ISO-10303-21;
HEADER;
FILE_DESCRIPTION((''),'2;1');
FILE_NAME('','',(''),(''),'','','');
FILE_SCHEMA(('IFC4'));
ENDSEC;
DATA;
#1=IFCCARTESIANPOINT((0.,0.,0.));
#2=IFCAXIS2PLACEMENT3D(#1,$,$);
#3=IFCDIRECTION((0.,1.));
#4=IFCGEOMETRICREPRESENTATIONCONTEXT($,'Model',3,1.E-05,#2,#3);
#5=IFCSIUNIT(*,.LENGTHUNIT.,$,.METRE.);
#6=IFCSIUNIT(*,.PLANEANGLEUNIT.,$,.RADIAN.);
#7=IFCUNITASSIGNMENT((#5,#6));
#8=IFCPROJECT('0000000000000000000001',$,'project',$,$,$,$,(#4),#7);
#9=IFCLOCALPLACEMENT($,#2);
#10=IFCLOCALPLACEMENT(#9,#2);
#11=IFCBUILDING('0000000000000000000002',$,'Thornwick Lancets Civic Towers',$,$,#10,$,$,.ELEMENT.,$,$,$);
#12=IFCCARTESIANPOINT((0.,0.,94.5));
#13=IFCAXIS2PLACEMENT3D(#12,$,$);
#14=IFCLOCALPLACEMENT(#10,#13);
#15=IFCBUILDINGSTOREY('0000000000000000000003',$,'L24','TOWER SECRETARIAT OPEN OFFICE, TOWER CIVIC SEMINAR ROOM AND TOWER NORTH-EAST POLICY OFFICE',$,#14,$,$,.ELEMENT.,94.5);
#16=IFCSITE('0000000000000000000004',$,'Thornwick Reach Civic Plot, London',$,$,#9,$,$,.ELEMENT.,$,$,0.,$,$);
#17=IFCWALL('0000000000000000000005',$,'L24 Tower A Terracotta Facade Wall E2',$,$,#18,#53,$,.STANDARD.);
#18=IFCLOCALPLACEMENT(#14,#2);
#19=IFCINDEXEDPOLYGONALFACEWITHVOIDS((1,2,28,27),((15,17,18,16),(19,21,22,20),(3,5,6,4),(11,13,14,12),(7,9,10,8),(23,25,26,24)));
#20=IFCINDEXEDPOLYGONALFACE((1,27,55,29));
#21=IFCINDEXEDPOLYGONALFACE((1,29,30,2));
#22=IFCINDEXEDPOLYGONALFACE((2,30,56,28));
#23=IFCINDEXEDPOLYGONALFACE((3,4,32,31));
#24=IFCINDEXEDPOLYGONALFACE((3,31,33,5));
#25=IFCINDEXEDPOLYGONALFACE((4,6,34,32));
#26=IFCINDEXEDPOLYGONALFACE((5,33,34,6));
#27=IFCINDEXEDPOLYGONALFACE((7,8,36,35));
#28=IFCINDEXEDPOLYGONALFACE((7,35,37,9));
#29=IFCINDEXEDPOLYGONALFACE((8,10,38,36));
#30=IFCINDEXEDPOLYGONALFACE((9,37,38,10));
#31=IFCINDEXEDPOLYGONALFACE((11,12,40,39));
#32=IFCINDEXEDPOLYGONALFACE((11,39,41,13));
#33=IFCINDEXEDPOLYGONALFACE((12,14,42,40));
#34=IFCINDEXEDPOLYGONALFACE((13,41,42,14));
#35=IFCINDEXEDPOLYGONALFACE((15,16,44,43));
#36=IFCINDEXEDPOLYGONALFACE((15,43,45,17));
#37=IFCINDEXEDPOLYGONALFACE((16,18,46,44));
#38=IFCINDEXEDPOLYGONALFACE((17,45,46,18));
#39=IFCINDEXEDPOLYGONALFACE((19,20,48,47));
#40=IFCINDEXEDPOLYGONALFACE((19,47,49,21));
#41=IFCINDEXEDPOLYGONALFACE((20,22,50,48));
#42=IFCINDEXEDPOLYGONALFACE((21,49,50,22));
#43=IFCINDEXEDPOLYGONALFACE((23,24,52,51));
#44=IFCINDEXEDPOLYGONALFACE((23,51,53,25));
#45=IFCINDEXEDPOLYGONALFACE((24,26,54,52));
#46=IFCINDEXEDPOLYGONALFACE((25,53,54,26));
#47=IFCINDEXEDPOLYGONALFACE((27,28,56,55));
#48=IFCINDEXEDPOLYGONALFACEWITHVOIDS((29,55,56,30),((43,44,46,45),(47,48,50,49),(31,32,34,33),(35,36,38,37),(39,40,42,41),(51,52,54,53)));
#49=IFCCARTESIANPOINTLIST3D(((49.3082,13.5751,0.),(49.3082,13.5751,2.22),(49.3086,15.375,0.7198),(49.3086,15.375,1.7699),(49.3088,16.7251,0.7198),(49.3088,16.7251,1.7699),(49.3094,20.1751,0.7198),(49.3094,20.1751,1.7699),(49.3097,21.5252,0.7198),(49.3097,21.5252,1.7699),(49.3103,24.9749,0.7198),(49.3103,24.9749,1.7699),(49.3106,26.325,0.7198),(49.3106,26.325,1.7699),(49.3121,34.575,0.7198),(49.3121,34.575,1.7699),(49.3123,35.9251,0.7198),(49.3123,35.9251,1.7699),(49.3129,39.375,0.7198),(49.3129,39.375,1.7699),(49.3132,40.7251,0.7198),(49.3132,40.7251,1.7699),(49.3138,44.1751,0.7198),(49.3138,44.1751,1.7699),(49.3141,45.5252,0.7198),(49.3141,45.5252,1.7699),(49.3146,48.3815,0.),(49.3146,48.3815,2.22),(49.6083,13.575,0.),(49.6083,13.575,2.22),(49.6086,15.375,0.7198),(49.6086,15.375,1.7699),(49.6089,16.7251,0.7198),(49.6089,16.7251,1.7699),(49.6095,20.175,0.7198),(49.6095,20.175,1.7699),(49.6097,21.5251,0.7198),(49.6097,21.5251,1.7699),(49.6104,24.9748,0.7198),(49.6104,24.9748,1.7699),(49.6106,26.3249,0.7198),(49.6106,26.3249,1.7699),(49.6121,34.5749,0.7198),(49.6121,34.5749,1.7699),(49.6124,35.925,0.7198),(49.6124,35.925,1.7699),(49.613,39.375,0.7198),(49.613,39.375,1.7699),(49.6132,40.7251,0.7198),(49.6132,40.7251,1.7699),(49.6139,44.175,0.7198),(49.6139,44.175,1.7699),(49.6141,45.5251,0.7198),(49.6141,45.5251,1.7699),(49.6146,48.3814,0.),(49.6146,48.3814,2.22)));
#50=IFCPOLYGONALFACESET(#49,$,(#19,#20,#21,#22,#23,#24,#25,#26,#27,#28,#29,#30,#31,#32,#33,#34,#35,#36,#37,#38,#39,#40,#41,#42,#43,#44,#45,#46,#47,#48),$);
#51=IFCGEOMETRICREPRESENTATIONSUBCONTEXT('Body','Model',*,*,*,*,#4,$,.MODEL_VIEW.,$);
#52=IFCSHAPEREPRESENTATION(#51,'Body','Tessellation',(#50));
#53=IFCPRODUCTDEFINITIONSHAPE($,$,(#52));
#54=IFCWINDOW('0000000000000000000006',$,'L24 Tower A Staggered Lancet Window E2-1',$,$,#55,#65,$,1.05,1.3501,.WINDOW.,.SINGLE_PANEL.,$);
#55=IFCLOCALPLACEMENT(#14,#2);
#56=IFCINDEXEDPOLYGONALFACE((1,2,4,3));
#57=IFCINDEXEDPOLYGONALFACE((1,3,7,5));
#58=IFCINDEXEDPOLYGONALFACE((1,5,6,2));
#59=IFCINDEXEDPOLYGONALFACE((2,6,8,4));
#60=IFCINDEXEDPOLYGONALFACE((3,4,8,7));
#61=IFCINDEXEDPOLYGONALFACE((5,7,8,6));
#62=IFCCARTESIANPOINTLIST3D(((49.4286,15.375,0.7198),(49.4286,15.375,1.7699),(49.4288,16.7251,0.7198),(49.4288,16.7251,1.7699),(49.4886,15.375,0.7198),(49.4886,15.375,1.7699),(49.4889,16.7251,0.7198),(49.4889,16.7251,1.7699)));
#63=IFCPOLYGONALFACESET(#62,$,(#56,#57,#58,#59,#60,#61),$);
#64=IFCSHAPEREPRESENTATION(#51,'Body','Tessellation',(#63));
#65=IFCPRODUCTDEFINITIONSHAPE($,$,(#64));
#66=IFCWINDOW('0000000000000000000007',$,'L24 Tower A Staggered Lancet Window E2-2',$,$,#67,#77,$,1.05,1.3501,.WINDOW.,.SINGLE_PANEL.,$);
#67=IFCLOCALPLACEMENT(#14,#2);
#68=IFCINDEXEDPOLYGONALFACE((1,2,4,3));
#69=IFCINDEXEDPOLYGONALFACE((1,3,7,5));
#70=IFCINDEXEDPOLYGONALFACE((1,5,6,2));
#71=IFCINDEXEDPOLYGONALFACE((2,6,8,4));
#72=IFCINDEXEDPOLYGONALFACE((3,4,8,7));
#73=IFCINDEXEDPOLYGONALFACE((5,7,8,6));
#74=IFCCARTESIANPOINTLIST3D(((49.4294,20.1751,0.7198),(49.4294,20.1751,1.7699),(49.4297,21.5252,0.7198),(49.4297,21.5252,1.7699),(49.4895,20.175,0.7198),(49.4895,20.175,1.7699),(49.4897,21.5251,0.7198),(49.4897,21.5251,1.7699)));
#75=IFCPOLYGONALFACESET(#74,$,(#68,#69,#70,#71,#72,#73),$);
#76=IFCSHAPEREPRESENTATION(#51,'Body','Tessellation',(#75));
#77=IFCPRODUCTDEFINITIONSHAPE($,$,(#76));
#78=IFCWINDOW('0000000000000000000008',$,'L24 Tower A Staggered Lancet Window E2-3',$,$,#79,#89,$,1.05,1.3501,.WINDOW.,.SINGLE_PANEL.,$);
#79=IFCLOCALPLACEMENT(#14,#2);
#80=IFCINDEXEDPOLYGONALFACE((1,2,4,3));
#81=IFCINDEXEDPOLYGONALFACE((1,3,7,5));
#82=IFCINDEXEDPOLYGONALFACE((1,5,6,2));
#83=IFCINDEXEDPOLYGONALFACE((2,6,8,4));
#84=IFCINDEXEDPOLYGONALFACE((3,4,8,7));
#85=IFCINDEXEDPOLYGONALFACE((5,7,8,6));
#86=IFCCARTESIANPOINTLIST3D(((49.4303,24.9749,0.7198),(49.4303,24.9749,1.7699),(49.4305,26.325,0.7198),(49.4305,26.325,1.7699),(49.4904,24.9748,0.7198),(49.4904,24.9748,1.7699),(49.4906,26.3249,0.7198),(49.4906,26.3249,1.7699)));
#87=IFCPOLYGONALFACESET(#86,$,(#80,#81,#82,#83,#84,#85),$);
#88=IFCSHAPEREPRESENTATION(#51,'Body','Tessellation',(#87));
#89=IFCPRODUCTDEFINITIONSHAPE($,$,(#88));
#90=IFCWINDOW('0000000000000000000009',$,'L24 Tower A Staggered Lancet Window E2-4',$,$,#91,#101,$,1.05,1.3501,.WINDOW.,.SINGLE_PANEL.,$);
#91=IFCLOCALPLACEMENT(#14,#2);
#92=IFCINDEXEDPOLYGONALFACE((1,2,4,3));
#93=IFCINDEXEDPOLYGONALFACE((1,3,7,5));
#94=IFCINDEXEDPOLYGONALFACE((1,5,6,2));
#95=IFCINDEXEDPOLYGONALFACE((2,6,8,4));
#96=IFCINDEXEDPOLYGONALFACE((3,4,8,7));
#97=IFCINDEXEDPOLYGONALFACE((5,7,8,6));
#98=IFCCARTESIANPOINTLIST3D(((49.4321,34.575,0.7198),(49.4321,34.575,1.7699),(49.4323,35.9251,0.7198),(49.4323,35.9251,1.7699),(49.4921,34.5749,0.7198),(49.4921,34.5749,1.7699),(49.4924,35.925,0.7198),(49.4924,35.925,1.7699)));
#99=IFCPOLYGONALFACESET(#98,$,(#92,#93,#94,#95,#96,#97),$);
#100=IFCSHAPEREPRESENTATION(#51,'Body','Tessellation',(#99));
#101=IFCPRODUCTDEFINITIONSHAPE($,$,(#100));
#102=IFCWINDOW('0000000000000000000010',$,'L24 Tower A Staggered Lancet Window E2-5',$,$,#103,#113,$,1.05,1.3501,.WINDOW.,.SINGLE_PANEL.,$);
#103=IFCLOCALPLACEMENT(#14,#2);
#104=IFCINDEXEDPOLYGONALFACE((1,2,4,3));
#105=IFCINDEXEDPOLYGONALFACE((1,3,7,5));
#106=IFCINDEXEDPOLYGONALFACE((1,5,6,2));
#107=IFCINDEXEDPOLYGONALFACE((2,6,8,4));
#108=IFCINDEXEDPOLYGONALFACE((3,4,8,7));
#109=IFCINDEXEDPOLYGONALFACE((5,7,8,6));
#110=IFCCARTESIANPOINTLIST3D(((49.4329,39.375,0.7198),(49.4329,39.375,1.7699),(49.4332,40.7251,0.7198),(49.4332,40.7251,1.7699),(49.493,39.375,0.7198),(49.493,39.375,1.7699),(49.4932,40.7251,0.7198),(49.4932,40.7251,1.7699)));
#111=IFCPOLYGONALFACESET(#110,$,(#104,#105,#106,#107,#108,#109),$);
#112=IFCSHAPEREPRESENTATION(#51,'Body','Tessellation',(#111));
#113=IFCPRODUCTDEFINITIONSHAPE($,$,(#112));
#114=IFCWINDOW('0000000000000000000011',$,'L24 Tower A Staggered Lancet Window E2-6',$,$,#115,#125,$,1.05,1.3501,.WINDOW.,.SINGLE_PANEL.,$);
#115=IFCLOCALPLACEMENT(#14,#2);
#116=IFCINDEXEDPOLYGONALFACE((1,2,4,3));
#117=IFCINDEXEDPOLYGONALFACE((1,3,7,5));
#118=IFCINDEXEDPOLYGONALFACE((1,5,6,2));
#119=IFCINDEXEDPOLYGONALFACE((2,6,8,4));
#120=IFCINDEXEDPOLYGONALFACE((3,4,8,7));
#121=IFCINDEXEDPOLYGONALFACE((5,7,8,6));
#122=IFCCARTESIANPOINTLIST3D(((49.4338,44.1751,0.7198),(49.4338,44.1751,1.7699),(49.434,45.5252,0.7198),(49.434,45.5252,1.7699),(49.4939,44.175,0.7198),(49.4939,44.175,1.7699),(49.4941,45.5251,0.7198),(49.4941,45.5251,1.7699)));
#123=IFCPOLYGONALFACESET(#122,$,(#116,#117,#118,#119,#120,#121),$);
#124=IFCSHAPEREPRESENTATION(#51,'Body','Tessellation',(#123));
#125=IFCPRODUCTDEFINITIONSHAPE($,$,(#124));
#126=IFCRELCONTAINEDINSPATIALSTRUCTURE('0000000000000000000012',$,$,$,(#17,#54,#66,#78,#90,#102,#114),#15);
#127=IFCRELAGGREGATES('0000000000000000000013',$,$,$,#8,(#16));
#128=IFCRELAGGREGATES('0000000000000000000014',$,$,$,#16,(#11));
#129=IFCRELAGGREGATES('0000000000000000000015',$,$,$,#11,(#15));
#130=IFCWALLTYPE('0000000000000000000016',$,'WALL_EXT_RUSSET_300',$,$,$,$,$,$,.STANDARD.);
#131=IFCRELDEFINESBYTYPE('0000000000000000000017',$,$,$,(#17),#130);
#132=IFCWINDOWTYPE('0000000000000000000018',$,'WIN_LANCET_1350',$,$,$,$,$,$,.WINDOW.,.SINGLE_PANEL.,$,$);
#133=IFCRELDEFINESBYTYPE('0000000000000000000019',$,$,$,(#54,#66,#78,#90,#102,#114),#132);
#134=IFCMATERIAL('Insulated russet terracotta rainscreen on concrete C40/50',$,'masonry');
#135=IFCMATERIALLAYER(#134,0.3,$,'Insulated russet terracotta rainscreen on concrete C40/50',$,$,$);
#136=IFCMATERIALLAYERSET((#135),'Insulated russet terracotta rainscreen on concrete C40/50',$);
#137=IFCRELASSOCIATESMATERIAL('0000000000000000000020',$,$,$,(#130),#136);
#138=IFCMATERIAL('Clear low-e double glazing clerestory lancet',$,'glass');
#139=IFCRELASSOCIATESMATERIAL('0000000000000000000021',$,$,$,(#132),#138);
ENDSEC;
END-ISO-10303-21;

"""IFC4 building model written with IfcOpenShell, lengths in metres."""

from ifc_helpers import new_model, si_unit, direction, frame, frame_2d, origin, place, context, subcontext, project, spatial, rectangle, extrude, material, layer, layer_set, type_object, element, fill, save


model = new_model("IFC4")

# Units and contexts
model_context = context("Model", 3, precision=1e-05, world=origin(), true_north=direction((0.0, 1.0)))
body_context = subcontext(model_context, "Body", "Model", "MODEL_VIEW")
ifc_project = project(units=[si_unit("LENGTHUNIT", "METRE"), si_unit("PLANEANGLEUNIT", "RADIAN")], contexts=[model_context])

# Site, building, storey
site_placement = place(None, origin())
site = spatial("IfcSite", under=ifc_project, at=site_placement, Name="Thornwick Reach Civic Plot, London", CompositionType="ELEMENT", RefElevation=0.0)
building_placement = place(site_placement, origin())
building = spatial("IfcBuilding", under=site, at=building_placement, Name="Thornwick Lancets Civic Towers", CompositionType="ELEMENT")
storey_placement = place(building_placement, frame((0.0, 0.0, 94.5)))
storey = spatial("IfcBuildingStorey", under=building, at=storey_placement, Name="L24", Description="TOWER SECRETARIAT OPEN OFFICE, TOWER CIVIC SEMINAR ROOM AND TOWER NORTH-EAST POLICY OFFICE", CompositionType="ELEMENT", Elevation=94.5)

# Wall, openings, windows
ifc_material_1 = material(Name="Insulated russet terracotta rainscreen on concrete C40/50", Category="masonry")
ifc_layer_1 = layer(ifc_material_1, 0.3, Name="Insulated russet terracotta rainscreen on concrete C40/50")
ifc_layer_set_1 = layer_set([ifc_layer_1], Name="Insulated russet terracotta rainscreen on concrete C40/50")
wall_type_1 = type_object("IfcWallType", Name="WALL_EXT_RUSSET_300", PredefinedType="STANDARD", material=ifc_layer_set_1)
wall_1_placement = place(storey_placement, frame((49.4583, 13.575, 0.0), z_axis=(0.0, 0.0, 1.0), x_axis=(0.000182, 1.0, 0.0)))
wall_1 = element("IfcWall", 1, at=wall_1_placement, inside=storey, type_object=wall_type_1, Name="L24 Tower A Terracotta Facade Wall E2", PredefinedType="STANDARD", context=body_context, shape_type="SweptSolid", body=[
    extrude(rectangle(XDim=34.8064, YDim=0.3, at=frame_2d((17.4033, 0.0))), origin(), (0.0, 0.0, 1.0), 2.22),
])
opening_1_placement = place(wall_1_placement, frame((1.8, 0.0, 0.72)))
opening_1 = element("IfcOpeningElement", 2, at=opening_1_placement, cuts=wall_1, PredefinedType="OPENING", context=body_context, shape_type="SweptSolid", body=[
    extrude(rectangle(XDim=1.3501, YDim=1.05, at=frame_2d((0.675, 0.5249))), frame((0.0, 0.1602, 0.0), z_axis=(0.0, -1.0, 0.0), x_axis=(1.0, 0.0, 0.0)), (0.0, 0.0, 1.0), 0.3201),
])
opening_2_placement = place(wall_1_placement, frame((6.6001, 0.0, 0.72)))
opening_2 = element("IfcOpeningElement", 3, at=opening_2_placement, cuts=wall_1, PredefinedType="OPENING", context=body_context, shape_type="SweptSolid", body=[
    extrude(rectangle(XDim=1.3501, YDim=1.05, at=frame_2d((0.675, 0.5249))), frame((0.0, 0.1602, 0.0), z_axis=(0.0, -1.0, 0.0), x_axis=(1.0, 0.0, 0.0)), (0.0, 0.0, 1.0), 0.3201),
])
opening_3_placement = place(wall_1_placement, frame((11.3999, 0.0, 0.72)))
opening_3 = element("IfcOpeningElement", 4, at=opening_3_placement, cuts=wall_1, PredefinedType="OPENING", context=body_context, shape_type="SweptSolid", body=[
    extrude(rectangle(XDim=1.3501, YDim=1.05, at=frame_2d((0.675, 0.5249))), frame((0.0, 0.1602, 0.0), z_axis=(0.0, -1.0, 0.0), x_axis=(1.0, 0.0, 0.0)), (0.0, 0.0, 1.0), 0.3201),
])
opening_4_placement = place(wall_1_placement, frame((21.0, 0.0, 0.72)))
opening_4 = element("IfcOpeningElement", 5, at=opening_4_placement, cuts=wall_1, PredefinedType="OPENING", context=body_context, shape_type="SweptSolid", body=[
    extrude(rectangle(XDim=1.3501, YDim=1.05, at=frame_2d((0.675, 0.5249))), frame((0.0, 0.1602, 0.0), z_axis=(0.0, -1.0, 0.0), x_axis=(1.0, 0.0, 0.0)), (0.0, 0.0, 1.0), 0.3201),
])
opening_5_placement = place(wall_1_placement, frame((25.8, 0.0, 0.72)))
opening_5 = element("IfcOpeningElement", 6, at=opening_5_placement, cuts=wall_1, PredefinedType="OPENING", context=body_context, shape_type="SweptSolid", body=[
    extrude(rectangle(XDim=1.3501, YDim=1.05, at=frame_2d((0.675, 0.5249))), frame((0.0, 0.1602, 0.0), z_axis=(0.0, -1.0, 0.0), x_axis=(1.0, 0.0, 0.0)), (0.0, 0.0, 1.0), 0.3201),
])
opening_6_placement = place(wall_1_placement, frame((30.6001, 0.0, 0.72)))
opening_6 = element("IfcOpeningElement", 7, at=opening_6_placement, cuts=wall_1, PredefinedType="OPENING", context=body_context, shape_type="SweptSolid", body=[
    extrude(rectangle(XDim=1.3501, YDim=1.05, at=frame_2d((0.675, 0.5249))), frame((0.0, 0.1602, 0.0), z_axis=(0.0, -1.0, 0.0), x_axis=(1.0, 0.0, 0.0)), (0.0, 0.0, 1.0), 0.3201),
])
ifc_material_2 = material(Name="Clear low-e double glazing clerestory lancet", Category="glass")
window_type = type_object("IfcWindowType", Name="WIN_LANCET_1350", PartitioningType="SINGLE_PANEL", PredefinedType="WINDOW", material=ifc_material_2)
window_1_placement = place(opening_1_placement, origin())
window_1 = element("IfcWindow", 8, at=window_1_placement, inside=storey, type_object=window_type, Name="L24 Tower A Staggered Lancet Window E2-1", OverallHeight=1.05, OverallWidth=1.3501, PartitioningType="SINGLE_PANEL", PredefinedType="WINDOW", context=body_context, shape_type="SweptSolid", body=[
    extrude(rectangle(XDim=1.3501, YDim=1.05, at=frame_2d((0.675, 0.5249))), frame((0.0, 0.03, 0.0), z_axis=(0.0, -1.0, 0.0), x_axis=(1.0, 0.0, 0.0)), (0.0, 0.0, 1.0), 0.0601),
])
fill(opening_1, window_1)
window_2_placement = place(opening_2_placement, origin())
window_2 = element("IfcWindow", 9, at=window_2_placement, inside=storey, type_object=window_type, Name="L24 Tower A Staggered Lancet Window E2-2", OverallHeight=1.05, OverallWidth=1.3501, PartitioningType="SINGLE_PANEL", PredefinedType="WINDOW", context=body_context, shape_type="SweptSolid", body=[
    extrude(rectangle(XDim=1.3501, YDim=1.05, at=frame_2d((0.675, 0.5249))), frame((0.0, 0.03, 0.0), z_axis=(0.0, -1.0, 0.0), x_axis=(1.0, 0.0, 0.0)), (0.0, 0.0, 1.0), 0.0601),
])
fill(opening_2, window_2)
window_3_placement = place(opening_3_placement, origin())
window_3 = element("IfcWindow", 10, at=window_3_placement, inside=storey, type_object=window_type, Name="L24 Tower A Staggered Lancet Window E2-3", OverallHeight=1.05, OverallWidth=1.3501, PartitioningType="SINGLE_PANEL", PredefinedType="WINDOW", context=body_context, shape_type="SweptSolid", body=[
    extrude(rectangle(XDim=1.3501, YDim=1.05, at=frame_2d((0.675, 0.5249))), frame((0.0, 0.03, 0.0), z_axis=(0.0, -1.0, 0.0), x_axis=(1.0, 0.0, 0.0)), (0.0, 0.0, 1.0), 0.0601),
])
fill(opening_3, window_3)
window_4_placement = place(opening_4_placement, origin())
window_4 = element("IfcWindow", 11, at=window_4_placement, inside=storey, type_object=window_type, Name="L24 Tower A Staggered Lancet Window E2-4", OverallHeight=1.05, OverallWidth=1.3501, PartitioningType="SINGLE_PANEL", PredefinedType="WINDOW", context=body_context, shape_type="SweptSolid", body=[
    extrude(rectangle(XDim=1.3501, YDim=1.05, at=frame_2d((0.675, 0.5249))), frame((0.0, 0.03, 0.0), z_axis=(0.0, -1.0, 0.0), x_axis=(1.0, 0.0, 0.0)), (0.0, 0.0, 1.0), 0.0601),
])
fill(opening_4, window_4)
window_5_placement = place(opening_5_placement, origin())
window_5 = element("IfcWindow", 12, at=window_5_placement, inside=storey, type_object=window_type, Name="L24 Tower A Staggered Lancet Window E2-5", OverallHeight=1.05, OverallWidth=1.3501, PartitioningType="SINGLE_PANEL", PredefinedType="WINDOW", context=body_context, shape_type="SweptSolid", body=[
    extrude(rectangle(XDim=1.3501, YDim=1.05, at=frame_2d((0.675, 0.5249))), frame((0.0, 0.03, 0.0), z_axis=(0.0, -1.0, 0.0), x_axis=(1.0, 0.0, 0.0)), (0.0, 0.0, 1.0), 0.0601),
])
fill(opening_5, window_5)
window_6_placement = place(opening_6_placement, origin())
window_6 = element("IfcWindow", 13, at=window_6_placement, inside=storey, type_object=window_type, Name="L24 Tower A Staggered Lancet Window E2-6", OverallHeight=1.05, OverallWidth=1.3501, PartitioningType="SINGLE_PANEL", PredefinedType="WINDOW", context=body_context, shape_type="SweptSolid", body=[
    extrude(rectangle(XDim=1.3501, YDim=1.05, at=frame_2d((0.675, 0.5249))), frame((0.0, 0.03, 0.0), z_axis=(0.0, -1.0, 0.0), x_axis=(1.0, 0.0, 0.0)), (0.0, 0.0, 1.0), 0.0601),
])
fill(opening_6, window_6)

save(model, "model.ifc")
